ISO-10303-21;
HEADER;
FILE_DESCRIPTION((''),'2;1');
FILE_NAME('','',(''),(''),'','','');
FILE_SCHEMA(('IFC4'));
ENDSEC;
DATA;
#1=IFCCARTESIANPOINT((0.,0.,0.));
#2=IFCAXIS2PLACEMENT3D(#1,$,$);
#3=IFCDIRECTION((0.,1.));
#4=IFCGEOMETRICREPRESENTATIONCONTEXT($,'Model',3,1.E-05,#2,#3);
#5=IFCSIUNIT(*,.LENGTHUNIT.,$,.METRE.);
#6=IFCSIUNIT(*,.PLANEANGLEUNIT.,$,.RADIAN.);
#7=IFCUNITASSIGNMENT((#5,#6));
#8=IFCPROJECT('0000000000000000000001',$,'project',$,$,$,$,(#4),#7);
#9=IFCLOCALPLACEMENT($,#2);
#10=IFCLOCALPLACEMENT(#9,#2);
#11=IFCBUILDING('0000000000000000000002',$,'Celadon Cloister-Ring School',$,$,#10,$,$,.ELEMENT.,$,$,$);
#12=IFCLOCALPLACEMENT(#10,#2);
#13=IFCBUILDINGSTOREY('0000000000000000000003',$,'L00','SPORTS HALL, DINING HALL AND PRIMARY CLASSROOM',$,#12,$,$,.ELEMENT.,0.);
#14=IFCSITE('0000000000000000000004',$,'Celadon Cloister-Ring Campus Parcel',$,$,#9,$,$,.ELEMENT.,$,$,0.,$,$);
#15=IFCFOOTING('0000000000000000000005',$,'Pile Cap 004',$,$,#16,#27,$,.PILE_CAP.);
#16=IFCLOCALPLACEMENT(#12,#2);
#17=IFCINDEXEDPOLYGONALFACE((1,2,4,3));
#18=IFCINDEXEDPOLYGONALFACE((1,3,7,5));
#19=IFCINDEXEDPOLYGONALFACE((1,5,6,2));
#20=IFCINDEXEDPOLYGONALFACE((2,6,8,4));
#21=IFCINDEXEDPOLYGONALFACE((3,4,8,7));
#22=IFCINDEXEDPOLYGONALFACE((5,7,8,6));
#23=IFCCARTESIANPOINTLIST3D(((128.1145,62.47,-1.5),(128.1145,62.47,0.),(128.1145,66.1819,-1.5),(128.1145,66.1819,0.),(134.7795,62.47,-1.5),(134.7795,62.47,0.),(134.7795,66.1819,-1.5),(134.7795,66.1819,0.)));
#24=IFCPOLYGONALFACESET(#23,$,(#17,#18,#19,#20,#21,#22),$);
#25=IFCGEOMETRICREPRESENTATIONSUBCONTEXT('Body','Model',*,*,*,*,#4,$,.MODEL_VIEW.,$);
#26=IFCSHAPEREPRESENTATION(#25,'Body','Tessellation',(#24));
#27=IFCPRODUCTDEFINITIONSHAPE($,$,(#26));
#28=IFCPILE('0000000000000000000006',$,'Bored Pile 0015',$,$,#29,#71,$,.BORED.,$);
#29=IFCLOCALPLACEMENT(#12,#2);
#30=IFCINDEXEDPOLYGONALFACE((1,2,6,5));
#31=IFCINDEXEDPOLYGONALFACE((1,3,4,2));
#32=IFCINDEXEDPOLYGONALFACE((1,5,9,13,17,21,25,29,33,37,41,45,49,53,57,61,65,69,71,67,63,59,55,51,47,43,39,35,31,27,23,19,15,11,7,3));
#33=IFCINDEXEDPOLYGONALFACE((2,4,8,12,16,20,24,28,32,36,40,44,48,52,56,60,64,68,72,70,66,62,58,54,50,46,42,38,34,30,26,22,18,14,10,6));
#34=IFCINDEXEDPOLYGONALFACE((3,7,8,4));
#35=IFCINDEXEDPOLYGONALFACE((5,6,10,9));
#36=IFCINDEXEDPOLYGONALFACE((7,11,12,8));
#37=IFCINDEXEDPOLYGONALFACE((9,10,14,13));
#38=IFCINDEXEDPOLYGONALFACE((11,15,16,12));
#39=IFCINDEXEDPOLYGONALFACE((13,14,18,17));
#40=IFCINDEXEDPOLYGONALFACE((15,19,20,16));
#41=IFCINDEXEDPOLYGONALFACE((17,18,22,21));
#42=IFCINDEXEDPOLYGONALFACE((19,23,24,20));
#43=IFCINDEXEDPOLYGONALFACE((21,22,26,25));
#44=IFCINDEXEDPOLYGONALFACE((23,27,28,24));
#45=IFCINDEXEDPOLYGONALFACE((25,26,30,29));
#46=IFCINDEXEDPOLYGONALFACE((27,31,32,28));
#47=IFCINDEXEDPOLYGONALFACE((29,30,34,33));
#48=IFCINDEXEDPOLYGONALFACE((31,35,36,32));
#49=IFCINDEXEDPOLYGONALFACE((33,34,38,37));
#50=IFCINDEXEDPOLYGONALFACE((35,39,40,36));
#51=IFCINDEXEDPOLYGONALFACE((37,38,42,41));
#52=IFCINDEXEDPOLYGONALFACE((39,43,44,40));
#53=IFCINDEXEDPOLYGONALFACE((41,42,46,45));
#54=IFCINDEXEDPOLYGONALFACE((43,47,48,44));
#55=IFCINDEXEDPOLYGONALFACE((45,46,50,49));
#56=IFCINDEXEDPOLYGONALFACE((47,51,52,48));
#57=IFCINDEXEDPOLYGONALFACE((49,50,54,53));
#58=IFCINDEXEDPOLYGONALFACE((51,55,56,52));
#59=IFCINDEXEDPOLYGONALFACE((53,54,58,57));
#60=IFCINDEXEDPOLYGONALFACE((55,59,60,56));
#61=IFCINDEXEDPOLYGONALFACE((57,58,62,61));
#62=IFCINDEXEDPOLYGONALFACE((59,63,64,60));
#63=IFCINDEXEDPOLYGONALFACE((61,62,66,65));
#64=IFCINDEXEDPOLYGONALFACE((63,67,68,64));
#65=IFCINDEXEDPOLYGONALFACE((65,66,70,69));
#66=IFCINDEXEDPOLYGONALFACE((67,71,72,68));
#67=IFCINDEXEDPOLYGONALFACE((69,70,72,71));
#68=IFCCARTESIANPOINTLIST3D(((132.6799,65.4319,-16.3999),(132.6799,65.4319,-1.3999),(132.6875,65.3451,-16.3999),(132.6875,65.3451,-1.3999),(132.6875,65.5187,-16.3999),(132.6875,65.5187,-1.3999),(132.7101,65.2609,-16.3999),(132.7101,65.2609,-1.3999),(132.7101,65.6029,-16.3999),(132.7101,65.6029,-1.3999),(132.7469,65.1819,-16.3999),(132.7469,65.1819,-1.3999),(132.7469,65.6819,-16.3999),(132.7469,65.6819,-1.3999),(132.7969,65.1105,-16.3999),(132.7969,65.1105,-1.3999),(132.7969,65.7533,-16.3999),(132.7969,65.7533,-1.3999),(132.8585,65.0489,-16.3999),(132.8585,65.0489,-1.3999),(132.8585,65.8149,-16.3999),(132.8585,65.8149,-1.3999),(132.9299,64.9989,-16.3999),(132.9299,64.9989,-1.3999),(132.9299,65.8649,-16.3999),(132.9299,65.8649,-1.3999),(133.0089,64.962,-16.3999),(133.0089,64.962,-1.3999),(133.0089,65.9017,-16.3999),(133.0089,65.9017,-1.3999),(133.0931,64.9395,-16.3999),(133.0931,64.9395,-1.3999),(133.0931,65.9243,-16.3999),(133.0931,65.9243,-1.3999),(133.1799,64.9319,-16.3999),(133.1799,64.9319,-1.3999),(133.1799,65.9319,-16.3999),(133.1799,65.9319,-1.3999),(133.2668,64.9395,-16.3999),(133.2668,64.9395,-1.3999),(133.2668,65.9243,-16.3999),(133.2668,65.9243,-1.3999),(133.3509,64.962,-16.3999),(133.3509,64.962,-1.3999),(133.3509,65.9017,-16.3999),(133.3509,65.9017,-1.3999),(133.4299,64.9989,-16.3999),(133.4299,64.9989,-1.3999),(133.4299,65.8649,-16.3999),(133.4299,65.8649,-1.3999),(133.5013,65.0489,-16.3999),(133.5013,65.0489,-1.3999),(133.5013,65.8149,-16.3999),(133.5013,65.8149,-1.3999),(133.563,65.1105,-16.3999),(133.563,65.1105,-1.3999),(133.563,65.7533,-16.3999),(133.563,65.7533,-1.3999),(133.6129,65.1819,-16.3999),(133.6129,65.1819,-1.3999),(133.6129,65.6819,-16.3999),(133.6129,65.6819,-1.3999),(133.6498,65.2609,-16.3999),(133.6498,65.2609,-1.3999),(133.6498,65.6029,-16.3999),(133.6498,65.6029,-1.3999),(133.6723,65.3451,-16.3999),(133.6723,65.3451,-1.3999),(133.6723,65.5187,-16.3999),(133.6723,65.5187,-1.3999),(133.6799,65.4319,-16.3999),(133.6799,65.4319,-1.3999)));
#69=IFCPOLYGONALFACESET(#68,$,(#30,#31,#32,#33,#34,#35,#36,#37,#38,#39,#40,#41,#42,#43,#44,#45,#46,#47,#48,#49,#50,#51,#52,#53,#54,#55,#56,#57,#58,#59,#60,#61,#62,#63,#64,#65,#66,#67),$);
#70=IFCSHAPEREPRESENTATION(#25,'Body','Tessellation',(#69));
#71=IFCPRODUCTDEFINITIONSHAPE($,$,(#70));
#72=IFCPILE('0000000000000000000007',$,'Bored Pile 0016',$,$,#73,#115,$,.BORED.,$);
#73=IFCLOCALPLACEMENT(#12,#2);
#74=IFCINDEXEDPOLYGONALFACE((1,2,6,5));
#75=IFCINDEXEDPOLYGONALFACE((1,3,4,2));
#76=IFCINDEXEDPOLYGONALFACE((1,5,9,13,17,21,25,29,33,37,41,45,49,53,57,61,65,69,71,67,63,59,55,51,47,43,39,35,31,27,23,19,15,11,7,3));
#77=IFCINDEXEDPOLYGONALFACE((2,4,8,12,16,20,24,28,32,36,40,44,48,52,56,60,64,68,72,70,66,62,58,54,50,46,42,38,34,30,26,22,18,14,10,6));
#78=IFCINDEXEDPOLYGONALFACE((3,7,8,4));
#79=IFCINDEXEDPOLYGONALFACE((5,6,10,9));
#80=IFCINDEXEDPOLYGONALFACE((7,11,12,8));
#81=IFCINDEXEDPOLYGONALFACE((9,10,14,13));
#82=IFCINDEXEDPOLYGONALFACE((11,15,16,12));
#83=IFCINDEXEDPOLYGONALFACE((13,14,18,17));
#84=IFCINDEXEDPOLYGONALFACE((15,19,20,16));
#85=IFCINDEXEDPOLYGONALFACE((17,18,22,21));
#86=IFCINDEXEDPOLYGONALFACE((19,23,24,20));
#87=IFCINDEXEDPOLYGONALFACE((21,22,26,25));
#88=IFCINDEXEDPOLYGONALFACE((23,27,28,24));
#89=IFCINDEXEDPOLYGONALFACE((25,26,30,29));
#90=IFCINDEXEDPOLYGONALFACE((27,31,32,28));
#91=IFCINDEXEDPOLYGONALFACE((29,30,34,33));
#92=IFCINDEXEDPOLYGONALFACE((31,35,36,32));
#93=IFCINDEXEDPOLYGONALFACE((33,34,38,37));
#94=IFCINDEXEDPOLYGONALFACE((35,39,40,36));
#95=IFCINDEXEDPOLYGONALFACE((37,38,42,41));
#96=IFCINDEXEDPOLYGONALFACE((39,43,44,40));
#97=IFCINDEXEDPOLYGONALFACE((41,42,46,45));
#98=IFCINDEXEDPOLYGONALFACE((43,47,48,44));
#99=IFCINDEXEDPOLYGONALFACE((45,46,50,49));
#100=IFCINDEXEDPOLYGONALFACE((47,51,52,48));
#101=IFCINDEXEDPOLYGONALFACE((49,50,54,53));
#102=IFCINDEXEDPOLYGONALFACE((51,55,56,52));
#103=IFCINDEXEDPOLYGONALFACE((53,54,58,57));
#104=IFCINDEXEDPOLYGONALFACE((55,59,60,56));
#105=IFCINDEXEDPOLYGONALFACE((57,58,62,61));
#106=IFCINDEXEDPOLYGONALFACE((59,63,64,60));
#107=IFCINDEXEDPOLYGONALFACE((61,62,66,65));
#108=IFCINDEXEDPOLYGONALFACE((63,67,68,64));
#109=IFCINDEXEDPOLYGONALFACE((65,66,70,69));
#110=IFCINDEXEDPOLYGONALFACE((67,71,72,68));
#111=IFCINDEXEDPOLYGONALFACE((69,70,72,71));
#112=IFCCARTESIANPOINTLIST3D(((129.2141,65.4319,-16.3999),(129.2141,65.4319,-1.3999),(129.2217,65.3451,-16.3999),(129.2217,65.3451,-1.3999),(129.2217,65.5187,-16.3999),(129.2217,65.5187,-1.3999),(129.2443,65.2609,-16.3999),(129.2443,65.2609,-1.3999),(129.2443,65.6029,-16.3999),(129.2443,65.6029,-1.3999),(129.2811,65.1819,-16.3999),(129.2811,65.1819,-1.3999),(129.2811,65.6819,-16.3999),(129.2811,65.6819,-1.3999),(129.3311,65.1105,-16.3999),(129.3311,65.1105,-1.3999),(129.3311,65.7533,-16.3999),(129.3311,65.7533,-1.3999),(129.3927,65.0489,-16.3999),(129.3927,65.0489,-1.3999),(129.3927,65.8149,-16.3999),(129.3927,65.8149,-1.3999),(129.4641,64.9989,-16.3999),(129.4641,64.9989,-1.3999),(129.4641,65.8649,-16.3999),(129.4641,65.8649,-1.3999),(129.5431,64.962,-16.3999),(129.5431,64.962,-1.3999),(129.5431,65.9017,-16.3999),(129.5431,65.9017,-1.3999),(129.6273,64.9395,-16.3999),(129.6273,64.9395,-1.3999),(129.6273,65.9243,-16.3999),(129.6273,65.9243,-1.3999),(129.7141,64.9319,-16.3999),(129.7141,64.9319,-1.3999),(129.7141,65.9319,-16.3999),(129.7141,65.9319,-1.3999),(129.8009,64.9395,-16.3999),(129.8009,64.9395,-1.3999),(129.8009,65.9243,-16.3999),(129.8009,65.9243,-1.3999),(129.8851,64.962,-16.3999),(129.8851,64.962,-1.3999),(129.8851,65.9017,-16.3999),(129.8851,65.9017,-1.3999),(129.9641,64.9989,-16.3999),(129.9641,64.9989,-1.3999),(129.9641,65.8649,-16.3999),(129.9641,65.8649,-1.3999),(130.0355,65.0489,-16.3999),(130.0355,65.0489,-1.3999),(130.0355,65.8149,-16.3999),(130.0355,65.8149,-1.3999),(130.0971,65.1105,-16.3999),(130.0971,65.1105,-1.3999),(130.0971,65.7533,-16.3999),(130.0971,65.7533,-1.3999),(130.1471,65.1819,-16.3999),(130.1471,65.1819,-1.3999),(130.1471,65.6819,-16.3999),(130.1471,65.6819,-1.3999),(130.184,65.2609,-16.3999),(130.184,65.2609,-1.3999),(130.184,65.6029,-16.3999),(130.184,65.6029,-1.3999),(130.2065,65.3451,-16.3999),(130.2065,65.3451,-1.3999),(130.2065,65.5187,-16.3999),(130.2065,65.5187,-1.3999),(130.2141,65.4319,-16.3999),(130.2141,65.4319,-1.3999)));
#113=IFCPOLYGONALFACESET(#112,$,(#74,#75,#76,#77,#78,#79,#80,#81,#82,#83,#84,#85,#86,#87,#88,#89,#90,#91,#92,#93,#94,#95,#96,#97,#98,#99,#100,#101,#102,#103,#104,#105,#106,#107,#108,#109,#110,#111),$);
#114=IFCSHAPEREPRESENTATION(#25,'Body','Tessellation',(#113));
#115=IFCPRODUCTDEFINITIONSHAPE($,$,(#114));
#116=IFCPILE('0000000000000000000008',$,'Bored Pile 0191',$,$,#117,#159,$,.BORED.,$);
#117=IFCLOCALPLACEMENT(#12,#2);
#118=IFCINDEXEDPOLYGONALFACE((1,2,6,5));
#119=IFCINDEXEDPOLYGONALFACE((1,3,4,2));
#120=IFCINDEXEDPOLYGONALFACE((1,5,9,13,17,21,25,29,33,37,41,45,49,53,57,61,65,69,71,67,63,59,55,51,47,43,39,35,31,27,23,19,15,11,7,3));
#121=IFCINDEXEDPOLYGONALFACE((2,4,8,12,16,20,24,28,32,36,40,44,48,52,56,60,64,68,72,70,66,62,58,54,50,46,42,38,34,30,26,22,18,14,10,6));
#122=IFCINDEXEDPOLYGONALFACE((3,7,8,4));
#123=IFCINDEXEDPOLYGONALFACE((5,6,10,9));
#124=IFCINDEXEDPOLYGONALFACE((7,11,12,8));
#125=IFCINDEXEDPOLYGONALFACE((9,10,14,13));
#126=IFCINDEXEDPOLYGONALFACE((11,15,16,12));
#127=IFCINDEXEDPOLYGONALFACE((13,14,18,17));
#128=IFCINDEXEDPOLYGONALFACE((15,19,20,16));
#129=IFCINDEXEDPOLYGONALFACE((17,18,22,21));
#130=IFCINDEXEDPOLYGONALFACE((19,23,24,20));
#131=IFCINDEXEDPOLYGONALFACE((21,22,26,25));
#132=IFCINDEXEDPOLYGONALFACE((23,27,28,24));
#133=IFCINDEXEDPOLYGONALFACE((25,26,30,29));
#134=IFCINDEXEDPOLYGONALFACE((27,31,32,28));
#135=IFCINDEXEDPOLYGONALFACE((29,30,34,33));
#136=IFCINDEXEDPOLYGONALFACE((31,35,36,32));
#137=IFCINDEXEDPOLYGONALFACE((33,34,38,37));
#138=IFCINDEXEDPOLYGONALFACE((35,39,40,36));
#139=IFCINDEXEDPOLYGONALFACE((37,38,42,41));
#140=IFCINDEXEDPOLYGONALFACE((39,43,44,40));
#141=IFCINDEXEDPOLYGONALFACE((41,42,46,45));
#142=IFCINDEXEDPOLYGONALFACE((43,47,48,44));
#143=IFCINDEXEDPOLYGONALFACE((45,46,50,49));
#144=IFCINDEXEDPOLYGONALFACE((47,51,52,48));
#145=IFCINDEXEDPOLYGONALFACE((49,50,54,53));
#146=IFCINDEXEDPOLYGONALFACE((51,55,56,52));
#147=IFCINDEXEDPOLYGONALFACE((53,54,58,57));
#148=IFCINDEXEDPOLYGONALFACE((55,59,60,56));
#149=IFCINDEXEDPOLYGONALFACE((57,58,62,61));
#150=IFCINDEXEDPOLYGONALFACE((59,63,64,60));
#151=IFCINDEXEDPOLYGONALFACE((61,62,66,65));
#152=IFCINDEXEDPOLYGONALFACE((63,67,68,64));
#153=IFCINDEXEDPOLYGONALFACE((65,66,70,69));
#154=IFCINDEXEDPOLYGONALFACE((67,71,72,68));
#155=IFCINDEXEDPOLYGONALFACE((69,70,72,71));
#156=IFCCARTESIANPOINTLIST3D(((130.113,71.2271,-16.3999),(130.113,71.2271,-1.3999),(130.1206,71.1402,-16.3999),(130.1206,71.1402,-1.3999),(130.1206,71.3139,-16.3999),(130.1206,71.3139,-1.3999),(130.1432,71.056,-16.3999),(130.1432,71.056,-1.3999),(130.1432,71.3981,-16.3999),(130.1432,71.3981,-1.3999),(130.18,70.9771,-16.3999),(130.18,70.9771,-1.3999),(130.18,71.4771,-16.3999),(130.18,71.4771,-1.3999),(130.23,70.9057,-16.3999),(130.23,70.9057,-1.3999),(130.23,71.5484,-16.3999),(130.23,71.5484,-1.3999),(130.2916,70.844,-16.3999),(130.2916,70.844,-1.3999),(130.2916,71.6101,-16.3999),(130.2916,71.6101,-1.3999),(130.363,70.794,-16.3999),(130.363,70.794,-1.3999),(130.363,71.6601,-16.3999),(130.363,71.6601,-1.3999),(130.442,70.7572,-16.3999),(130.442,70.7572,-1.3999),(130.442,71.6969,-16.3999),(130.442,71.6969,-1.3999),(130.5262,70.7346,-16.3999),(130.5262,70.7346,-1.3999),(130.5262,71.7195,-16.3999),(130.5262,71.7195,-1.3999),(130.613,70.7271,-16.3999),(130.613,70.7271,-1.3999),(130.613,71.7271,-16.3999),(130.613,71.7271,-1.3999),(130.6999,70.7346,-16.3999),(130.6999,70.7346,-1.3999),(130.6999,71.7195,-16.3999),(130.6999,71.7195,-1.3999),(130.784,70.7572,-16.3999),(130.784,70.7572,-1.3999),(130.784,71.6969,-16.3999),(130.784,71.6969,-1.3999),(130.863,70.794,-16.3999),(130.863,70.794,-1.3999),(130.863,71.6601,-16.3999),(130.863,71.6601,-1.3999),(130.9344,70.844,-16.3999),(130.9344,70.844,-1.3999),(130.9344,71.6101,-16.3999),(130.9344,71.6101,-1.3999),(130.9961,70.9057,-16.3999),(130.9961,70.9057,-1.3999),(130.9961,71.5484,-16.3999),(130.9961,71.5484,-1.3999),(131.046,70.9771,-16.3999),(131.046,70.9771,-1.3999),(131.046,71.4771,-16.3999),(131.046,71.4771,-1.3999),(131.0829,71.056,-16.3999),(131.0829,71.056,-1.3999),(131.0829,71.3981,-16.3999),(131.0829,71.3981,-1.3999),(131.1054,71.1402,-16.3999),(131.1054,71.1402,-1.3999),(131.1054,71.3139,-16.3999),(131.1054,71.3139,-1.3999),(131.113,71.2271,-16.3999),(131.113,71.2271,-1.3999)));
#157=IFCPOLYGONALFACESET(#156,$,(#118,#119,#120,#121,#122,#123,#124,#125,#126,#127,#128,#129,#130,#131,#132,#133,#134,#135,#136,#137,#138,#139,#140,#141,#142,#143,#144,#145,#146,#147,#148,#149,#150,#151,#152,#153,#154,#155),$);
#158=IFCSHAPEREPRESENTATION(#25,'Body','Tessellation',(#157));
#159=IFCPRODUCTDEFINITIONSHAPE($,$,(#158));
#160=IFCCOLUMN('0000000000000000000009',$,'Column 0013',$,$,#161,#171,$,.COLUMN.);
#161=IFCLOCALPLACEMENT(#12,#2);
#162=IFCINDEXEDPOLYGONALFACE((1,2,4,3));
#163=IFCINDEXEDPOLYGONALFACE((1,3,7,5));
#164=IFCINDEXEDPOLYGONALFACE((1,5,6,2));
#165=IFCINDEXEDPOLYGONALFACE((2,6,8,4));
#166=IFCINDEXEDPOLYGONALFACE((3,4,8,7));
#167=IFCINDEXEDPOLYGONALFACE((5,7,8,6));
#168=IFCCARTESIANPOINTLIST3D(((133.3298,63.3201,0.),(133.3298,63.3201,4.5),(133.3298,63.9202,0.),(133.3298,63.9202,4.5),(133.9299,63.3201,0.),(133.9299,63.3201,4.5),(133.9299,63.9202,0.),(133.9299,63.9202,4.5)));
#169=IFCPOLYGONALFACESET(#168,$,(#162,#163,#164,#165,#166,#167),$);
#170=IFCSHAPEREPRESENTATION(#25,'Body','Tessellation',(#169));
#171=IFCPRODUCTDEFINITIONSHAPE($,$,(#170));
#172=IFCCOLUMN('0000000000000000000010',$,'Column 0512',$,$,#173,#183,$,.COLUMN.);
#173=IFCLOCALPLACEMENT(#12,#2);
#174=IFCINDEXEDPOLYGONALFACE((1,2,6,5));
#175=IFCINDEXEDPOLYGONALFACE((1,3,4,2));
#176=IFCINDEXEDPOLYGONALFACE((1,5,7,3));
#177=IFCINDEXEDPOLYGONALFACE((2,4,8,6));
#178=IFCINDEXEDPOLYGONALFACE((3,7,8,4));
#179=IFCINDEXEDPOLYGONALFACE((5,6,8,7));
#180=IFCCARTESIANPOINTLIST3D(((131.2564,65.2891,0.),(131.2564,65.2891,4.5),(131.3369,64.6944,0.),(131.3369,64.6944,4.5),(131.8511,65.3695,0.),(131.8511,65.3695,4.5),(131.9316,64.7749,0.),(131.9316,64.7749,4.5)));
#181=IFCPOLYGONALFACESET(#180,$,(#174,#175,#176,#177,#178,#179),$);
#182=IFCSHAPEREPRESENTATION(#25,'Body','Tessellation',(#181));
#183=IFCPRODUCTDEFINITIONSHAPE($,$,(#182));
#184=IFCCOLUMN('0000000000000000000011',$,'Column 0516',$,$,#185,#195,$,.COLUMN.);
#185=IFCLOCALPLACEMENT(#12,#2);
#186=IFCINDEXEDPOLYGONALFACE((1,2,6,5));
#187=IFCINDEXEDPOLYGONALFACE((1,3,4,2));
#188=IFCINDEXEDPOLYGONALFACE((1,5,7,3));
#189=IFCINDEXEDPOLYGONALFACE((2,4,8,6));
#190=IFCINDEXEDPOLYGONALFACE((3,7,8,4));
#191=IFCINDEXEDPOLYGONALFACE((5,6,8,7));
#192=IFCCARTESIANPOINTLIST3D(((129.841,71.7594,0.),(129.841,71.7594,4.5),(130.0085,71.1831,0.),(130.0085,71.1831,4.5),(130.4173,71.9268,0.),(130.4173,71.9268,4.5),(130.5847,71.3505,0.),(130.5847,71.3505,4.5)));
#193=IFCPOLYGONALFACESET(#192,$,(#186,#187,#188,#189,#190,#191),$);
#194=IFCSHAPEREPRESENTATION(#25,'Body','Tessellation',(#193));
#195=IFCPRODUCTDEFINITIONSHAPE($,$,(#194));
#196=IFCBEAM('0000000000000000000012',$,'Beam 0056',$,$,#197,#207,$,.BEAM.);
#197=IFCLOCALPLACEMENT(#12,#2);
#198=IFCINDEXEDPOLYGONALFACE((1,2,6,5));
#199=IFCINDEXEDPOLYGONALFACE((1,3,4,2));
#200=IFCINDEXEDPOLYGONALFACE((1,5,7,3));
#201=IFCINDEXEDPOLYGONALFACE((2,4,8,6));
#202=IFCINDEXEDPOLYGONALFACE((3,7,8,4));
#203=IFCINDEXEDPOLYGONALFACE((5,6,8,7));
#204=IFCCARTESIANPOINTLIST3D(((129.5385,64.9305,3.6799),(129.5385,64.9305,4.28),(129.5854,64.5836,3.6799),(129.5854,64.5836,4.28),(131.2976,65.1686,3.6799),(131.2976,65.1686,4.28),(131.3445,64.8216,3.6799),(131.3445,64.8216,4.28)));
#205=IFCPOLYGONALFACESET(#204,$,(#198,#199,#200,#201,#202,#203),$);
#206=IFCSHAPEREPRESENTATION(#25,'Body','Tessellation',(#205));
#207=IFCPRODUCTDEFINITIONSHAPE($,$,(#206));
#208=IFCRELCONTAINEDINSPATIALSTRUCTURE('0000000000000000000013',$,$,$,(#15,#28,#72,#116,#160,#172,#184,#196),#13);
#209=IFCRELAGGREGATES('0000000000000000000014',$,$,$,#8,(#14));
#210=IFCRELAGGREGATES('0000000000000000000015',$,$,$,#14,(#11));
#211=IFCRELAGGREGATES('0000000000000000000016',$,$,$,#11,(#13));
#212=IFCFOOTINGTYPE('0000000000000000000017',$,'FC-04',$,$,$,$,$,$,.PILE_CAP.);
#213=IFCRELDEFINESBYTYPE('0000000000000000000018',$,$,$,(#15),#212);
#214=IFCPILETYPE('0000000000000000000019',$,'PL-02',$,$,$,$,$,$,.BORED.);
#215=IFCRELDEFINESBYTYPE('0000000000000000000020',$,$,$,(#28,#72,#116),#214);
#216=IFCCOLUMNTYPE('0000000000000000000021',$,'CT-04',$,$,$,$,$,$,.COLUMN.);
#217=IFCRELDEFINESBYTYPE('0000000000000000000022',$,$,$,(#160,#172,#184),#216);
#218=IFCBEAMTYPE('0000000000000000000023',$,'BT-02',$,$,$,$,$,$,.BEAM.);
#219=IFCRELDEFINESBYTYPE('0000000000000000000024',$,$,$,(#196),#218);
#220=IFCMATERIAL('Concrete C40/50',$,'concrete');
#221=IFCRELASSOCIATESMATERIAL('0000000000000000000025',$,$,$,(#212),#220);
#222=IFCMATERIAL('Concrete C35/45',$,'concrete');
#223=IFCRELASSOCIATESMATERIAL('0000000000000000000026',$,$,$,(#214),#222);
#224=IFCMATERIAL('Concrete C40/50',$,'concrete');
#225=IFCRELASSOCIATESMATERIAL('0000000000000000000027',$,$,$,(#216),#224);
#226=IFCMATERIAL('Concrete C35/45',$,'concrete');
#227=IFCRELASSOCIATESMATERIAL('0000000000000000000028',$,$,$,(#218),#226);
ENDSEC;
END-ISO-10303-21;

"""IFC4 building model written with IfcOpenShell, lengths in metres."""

from ifc_helpers import new_model, si_unit, direction, frame, origin, origin_2d, place, context, subcontext, project, spatial, rectangle, circle, extrude, material, material_profile, profile_set, type_object, element, save


model = new_model("IFC4")

# Units and contexts
model_context = context("Model", 3, precision=1e-05, world=origin(), true_north=direction((0.0, 1.0)))
body_context = subcontext(model_context, "Body", "Model", "MODEL_VIEW")
ifc_project = project(units=[si_unit("LENGTHUNIT", "METRE"), si_unit("PLANEANGLEUNIT", "RADIAN")], contexts=[model_context])

# Site, building, storey
site_placement = place(None, origin())
site = spatial("IfcSite", under=ifc_project, at=site_placement, Name="Celadon Cloister-Ring Campus Parcel", CompositionType="ELEMENT", RefElevation=0.0)
building_placement = place(site_placement, origin())
building = spatial("IfcBuilding", under=site, at=building_placement, Name="Celadon Cloister-Ring School", CompositionType="ELEMENT")
storey_placement = place(building_placement, origin())
storey = spatial("IfcBuildingStorey", under=building, at=storey_placement, Name="L00", Description="SPORTS HALL, DINING HALL AND PRIMARY CLASSROOM", CompositionType="ELEMENT", Elevation=0.0)

# Footing
ifc_material_1 = material(Name="Concrete C40/50", Category="concrete")
footing_type = type_object("IfcFootingType", Name="FC-04", PredefinedType="PILE_CAP", material=ifc_material_1)
footing_placement = place(storey_placement, frame((131.447, 64.3259, -1.5), z_axis=(0.0, 0.0, 1.0), x_axis=(1.0, 0.0, 0.0)))
element("IfcFooting", 1, at=footing_placement, inside=storey, type_object=footing_type, Name="Pile Cap 004", PredefinedType="PILE_CAP", context=body_context, shape_type="SweptSolid", body=[
    extrude(rectangle(XDim=6.665, YDim=3.7119, at=origin_2d()), origin(), (0.0, 0.0, 1.0), 1.5),
])

# Piles
ifc_material_2 = material(Name="Concrete C35/45", Category="concrete")
ifc_material_profile_1 = material_profile(ifc_material_2, circle(Radius=0.5, at=origin_2d()), Name="PILE1000")
ifc_profile_set_1 = profile_set([ifc_material_profile_1], Name="Concrete C35/45")
pile_type = type_object("IfcPileType", Name="PL-02", PredefinedType="BORED", material=ifc_profile_set_1)
for number, where, z_axis, x_axis, name in (
    (2, (133.1799, 65.4319, -1.3999), (0.0, 0.0, -1.0), (1.0, 0.0, 0.0), "Bored Pile 0015"),
    (3, (129.7141, 65.4319, -1.3999), (0.0, 0.0, -1.0), (1.0, 0.0, 0.0), "Bored Pile 0016"),
    (4, (130.613, 71.2271, -1.3999), (0.0, 0.0, -1.0), (1.0, 0.0, 0.0), "Bored Pile 0191"),
):
    element("IfcPile", number, at=place(storey_placement, frame(where, z_axis=z_axis, x_axis=x_axis)), inside=storey, type_object=pile_type, Name=name, PredefinedType="BORED", context=body_context, shape_type="SweptSolid", body=[
        extrude(circle(Radius=0.5, at=origin_2d()), origin(), (0.0, 0.0, 1.0), 15.0),
    ])

# Columns
ifc_material_3 = material(Name="Concrete C40/50", Category="concrete")
ifc_material_profile_2 = material_profile(ifc_material_3, rectangle(XDim=0.6001, YDim=0.6001, at=origin_2d()), Name="RC600X600")
ifc_profile_set_2 = profile_set([ifc_material_profile_2], Name="Concrete C40/50")
column_type = type_object("IfcColumnType", Name="CT-04", PredefinedType="COLUMN", material=ifc_profile_set_2)
for number, where, z_axis, x_axis, name in (
    (5, (133.6299, 63.6201, 0.0), (0.0, 0.0, 1.0), (1.0, 0.0, 0.0), "Column 0013"),
    (6, (131.594, 65.032, 0.0), (0.0, 0.0, 1.0), (0.990974, 0.134055, 0.0), "Column 0512"),
    (7, (130.2129, 71.5549, 0.0), (0.0, 0.0, 1.0), (0.960294, 0.278991, 0.0), "Column 0516"),
):
    element("IfcColumn", number, at=place(storey_placement, frame(where, z_axis=z_axis, x_axis=x_axis)), inside=storey, type_object=column_type, Name=name, PredefinedType="COLUMN", context=body_context, shape_type="SweptSolid", body=[
        extrude(rectangle(XDim=0.6001, YDim=0.6001, at=origin_2d()), origin(), (0.0, 0.0, 1.0), 4.5),
    ])

# Beam
ifc_material_4 = material(Name="Concrete C35/45", Category="concrete")
ifc_material_profile_3 = material_profile(ifc_material_4, rectangle(XDim=0.3501, YDim=0.6001, at=origin_2d()), Name="RC350X600")
ifc_profile_set_3 = profile_set([ifc_material_profile_3], Name="Concrete C35/45")
beam_type_1 = type_object("IfcBeamType", Name="BT-02", PredefinedType="BEAM", material=ifc_profile_set_3)
beam_1_placement = place(storey_placement, frame((131.321, 64.9951, 3.98), z_axis=(-0.990968, -0.1341, 0.0), x_axis=(0.1341, -0.990968, 0.0)))
element("IfcBeam", 8, at=beam_1_placement, inside=storey, type_object=beam_type_1, Name="Beam 0056", PredefinedType="BEAM", context=body_context, shape_type="SweptSolid", body=[
    extrude(rectangle(XDim=0.3501, YDim=0.6001, at=origin_2d()), origin(), (0.0, 0.0, 1.0), 1.7751),
])

save(model, "model.ifc")
